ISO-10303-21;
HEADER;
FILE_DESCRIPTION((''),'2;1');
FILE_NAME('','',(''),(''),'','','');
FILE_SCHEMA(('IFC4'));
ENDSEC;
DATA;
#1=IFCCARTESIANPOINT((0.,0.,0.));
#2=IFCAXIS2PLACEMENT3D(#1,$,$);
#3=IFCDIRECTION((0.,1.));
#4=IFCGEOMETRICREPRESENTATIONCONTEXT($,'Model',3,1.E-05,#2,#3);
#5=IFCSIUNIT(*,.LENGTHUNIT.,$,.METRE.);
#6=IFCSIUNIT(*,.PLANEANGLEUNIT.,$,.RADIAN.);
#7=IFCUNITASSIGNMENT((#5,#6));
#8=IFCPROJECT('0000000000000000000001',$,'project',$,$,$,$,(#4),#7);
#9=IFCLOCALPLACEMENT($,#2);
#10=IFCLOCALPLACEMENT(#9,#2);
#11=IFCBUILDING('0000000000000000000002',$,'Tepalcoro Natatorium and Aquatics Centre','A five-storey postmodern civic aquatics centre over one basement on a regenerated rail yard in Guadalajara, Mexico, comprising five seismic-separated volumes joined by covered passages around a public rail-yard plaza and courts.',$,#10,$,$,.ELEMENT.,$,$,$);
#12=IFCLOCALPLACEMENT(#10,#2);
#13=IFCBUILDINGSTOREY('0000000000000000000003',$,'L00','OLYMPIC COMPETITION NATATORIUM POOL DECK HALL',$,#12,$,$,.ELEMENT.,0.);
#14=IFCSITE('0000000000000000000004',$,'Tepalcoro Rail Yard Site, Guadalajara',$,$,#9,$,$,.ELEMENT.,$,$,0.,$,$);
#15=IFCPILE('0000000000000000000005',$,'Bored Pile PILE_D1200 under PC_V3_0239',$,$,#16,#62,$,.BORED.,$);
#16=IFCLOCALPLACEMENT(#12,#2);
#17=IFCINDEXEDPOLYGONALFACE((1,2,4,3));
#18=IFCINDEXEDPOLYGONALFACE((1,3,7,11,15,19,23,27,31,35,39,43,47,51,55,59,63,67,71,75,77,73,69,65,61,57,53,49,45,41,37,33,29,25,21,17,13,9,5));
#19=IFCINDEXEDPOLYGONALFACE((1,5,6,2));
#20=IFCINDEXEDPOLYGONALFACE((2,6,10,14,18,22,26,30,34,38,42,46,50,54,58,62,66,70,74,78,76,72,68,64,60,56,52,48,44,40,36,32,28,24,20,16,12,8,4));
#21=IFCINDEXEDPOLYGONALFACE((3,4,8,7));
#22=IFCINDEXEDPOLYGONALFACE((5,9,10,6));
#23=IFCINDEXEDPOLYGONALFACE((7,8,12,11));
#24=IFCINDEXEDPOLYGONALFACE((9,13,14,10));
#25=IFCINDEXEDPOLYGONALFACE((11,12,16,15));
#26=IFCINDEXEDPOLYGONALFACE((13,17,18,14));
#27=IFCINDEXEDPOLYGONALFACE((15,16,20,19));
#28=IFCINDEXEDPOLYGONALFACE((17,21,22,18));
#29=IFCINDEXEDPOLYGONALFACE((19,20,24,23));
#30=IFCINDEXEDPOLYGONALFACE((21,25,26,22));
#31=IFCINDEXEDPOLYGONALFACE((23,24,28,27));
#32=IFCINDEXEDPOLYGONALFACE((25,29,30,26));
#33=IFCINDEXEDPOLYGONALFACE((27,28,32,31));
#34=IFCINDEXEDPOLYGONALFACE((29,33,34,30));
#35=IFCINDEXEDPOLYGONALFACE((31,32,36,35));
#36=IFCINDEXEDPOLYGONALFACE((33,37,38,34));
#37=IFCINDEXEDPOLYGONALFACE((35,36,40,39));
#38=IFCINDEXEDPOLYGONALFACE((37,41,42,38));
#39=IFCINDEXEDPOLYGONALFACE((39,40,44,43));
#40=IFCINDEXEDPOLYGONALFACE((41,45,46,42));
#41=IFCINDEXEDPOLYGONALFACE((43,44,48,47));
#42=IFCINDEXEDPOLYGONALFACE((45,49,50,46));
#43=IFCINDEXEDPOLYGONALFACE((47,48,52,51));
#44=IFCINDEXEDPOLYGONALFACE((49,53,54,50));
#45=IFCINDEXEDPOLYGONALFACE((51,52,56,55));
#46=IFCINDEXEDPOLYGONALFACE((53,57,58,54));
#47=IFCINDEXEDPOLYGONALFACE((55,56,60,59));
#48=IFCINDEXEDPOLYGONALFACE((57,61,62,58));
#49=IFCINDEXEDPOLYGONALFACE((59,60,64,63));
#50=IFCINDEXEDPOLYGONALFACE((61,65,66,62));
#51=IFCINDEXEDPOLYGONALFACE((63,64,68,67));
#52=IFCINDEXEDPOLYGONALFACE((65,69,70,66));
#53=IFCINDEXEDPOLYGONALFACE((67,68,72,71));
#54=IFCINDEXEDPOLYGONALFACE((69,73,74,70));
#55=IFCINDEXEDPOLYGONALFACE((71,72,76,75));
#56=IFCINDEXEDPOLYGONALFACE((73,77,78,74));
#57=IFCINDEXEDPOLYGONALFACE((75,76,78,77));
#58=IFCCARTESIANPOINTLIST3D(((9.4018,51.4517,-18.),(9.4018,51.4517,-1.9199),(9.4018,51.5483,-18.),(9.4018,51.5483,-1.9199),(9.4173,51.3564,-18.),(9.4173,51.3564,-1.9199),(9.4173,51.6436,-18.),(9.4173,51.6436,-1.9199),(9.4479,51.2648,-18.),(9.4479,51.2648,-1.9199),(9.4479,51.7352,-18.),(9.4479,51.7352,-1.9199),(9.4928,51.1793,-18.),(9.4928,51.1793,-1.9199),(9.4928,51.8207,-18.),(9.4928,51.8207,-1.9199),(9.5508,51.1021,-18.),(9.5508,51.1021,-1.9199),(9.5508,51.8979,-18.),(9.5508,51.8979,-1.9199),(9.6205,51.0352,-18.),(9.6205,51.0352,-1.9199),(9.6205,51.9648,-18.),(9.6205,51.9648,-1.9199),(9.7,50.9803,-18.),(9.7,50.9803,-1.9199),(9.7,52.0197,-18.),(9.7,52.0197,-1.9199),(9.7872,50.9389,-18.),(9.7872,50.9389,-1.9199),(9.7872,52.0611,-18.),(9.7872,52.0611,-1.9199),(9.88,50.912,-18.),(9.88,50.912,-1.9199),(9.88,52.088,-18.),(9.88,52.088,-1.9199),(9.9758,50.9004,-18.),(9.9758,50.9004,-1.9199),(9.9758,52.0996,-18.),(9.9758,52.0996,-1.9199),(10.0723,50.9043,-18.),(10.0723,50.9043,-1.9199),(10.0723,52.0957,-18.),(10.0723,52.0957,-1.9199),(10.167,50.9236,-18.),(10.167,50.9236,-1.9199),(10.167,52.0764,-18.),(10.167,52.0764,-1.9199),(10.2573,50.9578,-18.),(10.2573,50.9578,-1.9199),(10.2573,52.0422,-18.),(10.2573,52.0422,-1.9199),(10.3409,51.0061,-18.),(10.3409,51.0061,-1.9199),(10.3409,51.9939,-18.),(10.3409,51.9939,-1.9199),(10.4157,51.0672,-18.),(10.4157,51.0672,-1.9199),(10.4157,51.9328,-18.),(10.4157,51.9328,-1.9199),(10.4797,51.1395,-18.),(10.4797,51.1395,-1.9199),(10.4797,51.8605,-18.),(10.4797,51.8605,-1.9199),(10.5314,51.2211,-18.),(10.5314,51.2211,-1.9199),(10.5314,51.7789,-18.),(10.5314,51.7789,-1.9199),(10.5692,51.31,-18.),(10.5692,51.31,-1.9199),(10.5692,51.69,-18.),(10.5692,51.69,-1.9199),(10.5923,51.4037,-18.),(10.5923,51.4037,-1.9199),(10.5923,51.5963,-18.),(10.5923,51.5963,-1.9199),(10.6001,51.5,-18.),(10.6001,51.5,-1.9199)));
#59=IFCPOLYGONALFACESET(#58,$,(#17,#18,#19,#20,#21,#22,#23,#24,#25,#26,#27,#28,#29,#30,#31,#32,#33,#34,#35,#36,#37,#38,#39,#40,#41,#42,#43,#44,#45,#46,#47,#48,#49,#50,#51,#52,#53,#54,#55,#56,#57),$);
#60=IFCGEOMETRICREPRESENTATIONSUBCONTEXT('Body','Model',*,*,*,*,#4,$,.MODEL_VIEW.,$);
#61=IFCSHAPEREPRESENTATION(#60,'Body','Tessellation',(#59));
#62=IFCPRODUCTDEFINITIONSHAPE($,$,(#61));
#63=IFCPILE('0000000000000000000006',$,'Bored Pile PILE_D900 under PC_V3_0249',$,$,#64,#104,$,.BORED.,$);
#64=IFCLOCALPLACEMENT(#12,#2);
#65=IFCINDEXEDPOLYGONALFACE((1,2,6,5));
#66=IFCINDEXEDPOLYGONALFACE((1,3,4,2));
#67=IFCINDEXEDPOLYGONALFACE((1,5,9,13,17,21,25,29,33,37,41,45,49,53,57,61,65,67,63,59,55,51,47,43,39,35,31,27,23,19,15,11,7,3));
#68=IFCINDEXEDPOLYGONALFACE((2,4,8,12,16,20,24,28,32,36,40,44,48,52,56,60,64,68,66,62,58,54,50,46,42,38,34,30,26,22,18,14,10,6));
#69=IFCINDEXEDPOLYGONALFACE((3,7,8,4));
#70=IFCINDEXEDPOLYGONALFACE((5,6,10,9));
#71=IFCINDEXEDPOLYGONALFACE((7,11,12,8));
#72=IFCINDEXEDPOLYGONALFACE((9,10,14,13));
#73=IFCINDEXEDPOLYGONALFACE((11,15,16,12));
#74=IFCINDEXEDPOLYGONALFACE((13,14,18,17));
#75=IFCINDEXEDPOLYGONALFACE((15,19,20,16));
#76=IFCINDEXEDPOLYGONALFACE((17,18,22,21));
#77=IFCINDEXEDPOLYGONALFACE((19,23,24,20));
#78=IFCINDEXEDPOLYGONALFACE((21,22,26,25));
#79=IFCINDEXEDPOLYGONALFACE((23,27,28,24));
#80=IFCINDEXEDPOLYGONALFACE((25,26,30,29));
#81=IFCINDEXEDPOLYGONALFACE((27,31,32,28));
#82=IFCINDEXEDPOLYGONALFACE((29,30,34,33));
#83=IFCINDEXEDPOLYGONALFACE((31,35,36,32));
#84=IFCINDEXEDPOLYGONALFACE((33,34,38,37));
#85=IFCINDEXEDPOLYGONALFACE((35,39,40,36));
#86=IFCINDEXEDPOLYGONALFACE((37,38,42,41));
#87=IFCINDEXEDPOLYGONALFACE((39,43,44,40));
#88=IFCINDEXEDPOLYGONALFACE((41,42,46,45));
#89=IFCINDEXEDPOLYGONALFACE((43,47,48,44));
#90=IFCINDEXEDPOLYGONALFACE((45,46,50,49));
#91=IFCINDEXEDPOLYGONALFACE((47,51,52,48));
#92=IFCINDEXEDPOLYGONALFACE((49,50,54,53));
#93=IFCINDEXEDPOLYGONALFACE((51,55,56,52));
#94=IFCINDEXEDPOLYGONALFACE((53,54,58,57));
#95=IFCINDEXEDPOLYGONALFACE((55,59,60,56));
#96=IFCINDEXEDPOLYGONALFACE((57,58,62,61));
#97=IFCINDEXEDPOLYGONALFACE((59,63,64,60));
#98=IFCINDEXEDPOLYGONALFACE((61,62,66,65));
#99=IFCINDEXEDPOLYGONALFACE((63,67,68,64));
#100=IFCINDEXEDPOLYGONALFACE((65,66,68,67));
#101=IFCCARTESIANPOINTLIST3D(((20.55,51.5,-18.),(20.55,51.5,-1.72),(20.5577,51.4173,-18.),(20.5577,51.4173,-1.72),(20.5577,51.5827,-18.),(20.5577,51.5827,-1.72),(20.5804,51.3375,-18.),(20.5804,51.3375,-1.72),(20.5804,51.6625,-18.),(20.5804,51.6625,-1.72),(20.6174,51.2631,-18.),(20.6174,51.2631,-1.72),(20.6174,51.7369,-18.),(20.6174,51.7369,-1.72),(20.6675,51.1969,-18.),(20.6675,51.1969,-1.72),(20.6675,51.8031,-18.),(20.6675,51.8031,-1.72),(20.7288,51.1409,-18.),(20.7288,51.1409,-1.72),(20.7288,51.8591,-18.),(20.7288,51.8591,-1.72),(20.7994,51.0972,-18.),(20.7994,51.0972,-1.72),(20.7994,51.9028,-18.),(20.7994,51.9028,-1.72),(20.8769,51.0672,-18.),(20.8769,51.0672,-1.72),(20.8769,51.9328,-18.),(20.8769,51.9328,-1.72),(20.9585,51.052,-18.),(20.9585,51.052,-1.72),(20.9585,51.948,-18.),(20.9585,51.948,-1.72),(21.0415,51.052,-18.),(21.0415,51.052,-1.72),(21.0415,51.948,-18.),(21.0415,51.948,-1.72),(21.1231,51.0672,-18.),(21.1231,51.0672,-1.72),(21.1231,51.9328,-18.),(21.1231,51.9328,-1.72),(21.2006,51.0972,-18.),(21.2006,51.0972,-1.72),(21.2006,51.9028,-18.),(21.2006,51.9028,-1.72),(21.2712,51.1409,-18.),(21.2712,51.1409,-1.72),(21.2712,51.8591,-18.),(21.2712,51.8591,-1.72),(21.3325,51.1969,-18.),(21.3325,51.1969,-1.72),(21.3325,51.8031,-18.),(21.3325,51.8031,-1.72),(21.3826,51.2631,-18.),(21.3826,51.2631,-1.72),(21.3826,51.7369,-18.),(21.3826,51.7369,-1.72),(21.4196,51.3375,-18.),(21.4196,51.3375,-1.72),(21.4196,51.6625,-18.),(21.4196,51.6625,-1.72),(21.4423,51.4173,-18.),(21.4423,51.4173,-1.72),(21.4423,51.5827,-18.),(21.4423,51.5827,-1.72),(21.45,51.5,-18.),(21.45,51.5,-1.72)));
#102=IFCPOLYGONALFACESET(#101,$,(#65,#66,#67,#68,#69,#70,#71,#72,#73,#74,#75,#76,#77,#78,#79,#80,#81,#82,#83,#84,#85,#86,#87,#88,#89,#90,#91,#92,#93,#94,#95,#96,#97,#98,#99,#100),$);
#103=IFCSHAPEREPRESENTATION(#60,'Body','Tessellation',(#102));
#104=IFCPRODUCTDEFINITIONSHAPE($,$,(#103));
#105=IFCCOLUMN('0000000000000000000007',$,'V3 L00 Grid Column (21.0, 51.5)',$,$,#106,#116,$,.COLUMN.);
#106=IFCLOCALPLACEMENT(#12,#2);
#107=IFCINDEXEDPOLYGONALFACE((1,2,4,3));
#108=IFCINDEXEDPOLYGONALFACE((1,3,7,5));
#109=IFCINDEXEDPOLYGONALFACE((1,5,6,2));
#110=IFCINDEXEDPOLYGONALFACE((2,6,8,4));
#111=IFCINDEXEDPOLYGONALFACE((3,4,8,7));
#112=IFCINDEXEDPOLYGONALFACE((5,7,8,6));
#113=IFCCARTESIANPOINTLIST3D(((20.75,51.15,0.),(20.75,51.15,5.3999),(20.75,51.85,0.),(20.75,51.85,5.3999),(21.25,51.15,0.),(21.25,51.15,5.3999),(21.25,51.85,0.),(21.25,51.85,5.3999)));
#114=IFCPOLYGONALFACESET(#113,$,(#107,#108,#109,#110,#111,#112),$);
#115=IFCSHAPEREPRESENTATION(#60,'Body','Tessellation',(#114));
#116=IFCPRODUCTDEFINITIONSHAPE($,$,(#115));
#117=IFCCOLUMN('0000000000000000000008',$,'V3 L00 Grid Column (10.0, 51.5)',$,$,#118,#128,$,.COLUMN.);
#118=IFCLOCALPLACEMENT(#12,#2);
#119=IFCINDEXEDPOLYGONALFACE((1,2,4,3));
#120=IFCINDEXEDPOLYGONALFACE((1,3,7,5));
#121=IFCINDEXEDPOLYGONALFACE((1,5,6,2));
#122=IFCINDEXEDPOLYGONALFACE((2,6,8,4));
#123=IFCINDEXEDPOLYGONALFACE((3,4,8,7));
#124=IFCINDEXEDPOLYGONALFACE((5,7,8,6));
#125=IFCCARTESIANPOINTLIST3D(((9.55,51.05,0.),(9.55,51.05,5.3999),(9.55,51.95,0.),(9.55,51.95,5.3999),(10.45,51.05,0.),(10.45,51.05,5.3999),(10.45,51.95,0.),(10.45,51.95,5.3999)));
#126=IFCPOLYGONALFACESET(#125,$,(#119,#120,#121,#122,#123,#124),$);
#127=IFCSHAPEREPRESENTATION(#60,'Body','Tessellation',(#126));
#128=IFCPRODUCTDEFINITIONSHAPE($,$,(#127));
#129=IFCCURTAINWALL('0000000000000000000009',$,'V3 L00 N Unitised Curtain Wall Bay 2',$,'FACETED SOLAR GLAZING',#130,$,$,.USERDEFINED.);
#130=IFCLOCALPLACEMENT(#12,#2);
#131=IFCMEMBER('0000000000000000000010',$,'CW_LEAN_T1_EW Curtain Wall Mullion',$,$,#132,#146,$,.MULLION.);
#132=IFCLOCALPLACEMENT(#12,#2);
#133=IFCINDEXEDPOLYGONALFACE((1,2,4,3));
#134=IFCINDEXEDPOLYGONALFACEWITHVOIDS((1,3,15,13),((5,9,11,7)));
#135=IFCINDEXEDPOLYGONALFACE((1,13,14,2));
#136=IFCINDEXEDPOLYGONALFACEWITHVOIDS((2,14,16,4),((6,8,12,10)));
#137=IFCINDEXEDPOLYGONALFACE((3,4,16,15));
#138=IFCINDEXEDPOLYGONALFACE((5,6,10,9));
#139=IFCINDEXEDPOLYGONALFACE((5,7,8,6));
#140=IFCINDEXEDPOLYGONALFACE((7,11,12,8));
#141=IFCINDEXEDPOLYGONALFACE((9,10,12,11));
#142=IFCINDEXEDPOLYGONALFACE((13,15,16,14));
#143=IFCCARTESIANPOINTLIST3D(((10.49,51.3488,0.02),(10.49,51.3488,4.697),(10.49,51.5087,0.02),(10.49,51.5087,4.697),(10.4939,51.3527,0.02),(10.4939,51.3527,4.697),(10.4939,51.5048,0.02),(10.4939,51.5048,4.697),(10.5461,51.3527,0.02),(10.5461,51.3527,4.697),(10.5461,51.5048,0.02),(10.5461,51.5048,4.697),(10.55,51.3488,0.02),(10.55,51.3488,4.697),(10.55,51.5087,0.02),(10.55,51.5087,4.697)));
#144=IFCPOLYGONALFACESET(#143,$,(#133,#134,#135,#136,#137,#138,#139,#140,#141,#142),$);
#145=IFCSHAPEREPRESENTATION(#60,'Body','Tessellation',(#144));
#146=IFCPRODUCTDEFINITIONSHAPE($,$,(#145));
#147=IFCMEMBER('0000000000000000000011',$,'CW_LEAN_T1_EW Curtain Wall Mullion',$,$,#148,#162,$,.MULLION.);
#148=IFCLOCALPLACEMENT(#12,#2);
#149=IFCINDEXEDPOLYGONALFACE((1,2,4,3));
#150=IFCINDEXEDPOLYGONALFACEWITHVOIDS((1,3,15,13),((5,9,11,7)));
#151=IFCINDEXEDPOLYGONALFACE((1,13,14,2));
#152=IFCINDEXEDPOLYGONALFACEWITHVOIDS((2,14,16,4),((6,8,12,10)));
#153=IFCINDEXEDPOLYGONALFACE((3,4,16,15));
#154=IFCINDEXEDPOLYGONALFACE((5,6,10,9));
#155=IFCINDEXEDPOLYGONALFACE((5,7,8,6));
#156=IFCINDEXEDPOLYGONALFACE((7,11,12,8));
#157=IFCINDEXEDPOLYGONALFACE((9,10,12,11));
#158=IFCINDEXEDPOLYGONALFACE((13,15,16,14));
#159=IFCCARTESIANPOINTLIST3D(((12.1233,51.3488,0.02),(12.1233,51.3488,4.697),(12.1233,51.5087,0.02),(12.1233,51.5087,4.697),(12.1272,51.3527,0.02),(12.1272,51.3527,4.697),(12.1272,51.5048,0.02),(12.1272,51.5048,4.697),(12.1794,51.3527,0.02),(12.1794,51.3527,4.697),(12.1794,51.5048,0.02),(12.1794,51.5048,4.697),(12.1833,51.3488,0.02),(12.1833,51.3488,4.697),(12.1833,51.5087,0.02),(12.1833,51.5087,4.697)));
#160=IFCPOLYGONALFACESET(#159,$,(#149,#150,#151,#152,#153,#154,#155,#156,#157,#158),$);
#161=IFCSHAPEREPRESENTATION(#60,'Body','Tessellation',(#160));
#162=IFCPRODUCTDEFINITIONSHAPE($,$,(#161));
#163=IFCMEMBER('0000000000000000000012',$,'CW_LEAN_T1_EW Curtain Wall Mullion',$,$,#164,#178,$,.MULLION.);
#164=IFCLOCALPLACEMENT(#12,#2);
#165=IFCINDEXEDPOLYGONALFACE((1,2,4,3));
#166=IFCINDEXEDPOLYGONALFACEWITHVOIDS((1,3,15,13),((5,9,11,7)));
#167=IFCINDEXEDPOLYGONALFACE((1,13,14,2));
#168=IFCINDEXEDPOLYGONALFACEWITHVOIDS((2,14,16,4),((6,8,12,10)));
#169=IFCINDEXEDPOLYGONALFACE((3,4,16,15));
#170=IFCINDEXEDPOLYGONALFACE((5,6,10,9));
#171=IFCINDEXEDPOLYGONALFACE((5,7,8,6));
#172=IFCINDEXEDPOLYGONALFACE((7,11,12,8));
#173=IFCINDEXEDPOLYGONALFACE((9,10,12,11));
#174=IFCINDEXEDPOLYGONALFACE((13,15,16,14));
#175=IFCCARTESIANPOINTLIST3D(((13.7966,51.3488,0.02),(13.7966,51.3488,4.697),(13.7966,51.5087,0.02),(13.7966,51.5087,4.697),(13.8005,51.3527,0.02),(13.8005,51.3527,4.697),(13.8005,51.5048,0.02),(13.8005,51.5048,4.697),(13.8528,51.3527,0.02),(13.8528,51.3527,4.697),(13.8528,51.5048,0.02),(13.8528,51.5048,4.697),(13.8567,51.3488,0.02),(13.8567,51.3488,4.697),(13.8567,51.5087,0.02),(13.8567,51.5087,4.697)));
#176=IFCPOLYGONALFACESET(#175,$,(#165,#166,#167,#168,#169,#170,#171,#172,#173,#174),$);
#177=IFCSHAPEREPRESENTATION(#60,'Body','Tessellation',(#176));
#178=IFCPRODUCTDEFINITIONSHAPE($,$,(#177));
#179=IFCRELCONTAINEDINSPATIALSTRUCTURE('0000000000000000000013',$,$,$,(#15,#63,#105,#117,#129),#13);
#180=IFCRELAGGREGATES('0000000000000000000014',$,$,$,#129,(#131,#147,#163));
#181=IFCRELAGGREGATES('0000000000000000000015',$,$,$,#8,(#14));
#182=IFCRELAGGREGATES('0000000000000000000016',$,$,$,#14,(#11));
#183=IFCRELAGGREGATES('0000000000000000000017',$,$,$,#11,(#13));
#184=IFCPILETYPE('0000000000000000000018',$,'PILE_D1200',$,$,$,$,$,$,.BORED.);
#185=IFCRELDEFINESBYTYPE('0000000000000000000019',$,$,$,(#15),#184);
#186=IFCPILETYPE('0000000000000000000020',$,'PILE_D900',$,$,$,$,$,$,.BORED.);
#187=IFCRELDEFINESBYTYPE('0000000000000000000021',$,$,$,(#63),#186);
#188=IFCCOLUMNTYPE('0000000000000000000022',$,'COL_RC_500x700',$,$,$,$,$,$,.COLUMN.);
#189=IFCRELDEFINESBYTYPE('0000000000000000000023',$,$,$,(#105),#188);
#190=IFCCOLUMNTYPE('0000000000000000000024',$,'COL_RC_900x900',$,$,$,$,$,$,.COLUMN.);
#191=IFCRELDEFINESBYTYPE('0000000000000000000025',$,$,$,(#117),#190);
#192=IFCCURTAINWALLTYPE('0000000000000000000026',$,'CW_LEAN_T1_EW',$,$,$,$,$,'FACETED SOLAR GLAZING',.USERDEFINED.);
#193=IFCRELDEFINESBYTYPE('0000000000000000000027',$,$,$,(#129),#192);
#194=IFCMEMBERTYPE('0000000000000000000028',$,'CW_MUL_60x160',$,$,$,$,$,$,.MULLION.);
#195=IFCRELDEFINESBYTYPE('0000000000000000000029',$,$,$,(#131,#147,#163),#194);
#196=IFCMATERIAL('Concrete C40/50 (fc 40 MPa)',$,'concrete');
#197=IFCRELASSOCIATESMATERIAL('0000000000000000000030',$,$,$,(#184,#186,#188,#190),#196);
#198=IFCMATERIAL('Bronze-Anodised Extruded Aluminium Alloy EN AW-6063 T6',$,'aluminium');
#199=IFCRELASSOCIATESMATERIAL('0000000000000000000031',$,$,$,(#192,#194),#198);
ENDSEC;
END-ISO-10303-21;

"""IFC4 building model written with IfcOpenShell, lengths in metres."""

from ifc_helpers import new_model, si_unit, direction, frame, origin, origin_2d, place, context, subcontext, project, spatial, rectangle, hollow_rectangle, circle, extrude, material, material_profile, profile_set, type_object, element, aggregate, save


model = new_model("IFC4")

# Units and contexts
model_context = context("Model", 3, precision=1e-05, world=origin(), true_north=direction((0.0, 1.0)))
body_context = subcontext(model_context, "Body", "Model", "MODEL_VIEW")
ifc_project = project(units=[si_unit("LENGTHUNIT", "METRE"), si_unit("PLANEANGLEUNIT", "RADIAN")], contexts=[model_context])

# Site, building, storey
site_placement = place(None, origin())
site = spatial("IfcSite", under=ifc_project, at=site_placement, Name="Tepalcoro Rail Yard Site, Guadalajara", CompositionType="ELEMENT", RefElevation=0.0)
building_placement = place(site_placement, origin())
building = spatial("IfcBuilding", under=site, at=building_placement, Name="Tepalcoro Natatorium and Aquatics Centre", Description="A five-storey postmodern civic aquatics centre over one basement on a regenerated rail yard in Guadalajara, Mexico, comprising five seismic-separated volumes joined by covered passages around a public rail-yard plaza and courts.", CompositionType="ELEMENT")
storey_placement = place(building_placement, origin())
storey = spatial("IfcBuildingStorey", under=building, at=storey_placement, Name="L00", Description="OLYMPIC COMPETITION NATATORIUM POOL DECK HALL", CompositionType="ELEMENT", Elevation=0.0)

# Piles
ifc_material_1 = material(Name="Concrete C40/50 (fc 40 MPa)", Category="concrete")
ifc_material_profile_1 = material_profile(ifc_material_1, circle(Radius=0.6001, at=origin_2d()), Name="PILE_D1200")
ifc_profile_set_1 = profile_set([ifc_material_profile_1], Name="Concrete C40/50 (fc 40 MPa)")
pile_type_1 = type_object("IfcPileType", Name="PILE_D1200", PredefinedType="BORED", material=ifc_profile_set_1)
pile_1_placement = place(storey_placement, frame((10.0, 51.5, -1.9199), z_axis=(0.0, 0.0, -1.0), x_axis=(1.0, 0.0, 0.0)))
element("IfcPile", 1, at=pile_1_placement, inside=storey, type_object=pile_type_1, Name="Bored Pile PILE_D1200 under PC_V3_0239", PredefinedType="BORED", context=body_context, shape_type="SweptSolid", body=[
    extrude(circle(Radius=0.6001, at=origin_2d()), origin(), (0.0, 0.0, 1.0), 16.0801),
])
ifc_material_profile_2 = material_profile(ifc_material_1, circle(Radius=0.45, at=origin_2d()), Name="PILE_D900")
ifc_profile_set_2 = profile_set([ifc_material_profile_2], Name="Concrete C40/50 (fc 40 MPa)")
pile_type_2 = type_object("IfcPileType", Name="PILE_D900", PredefinedType="BORED", material=ifc_profile_set_2)
pile_2_placement = place(storey_placement, frame((21.0, 51.5, -1.72), z_axis=(0.0, 0.0, -1.0), x_axis=(1.0, 0.0, 0.0)))
element("IfcPile", 2, at=pile_2_placement, inside=storey, type_object=pile_type_2, Name="Bored Pile PILE_D900 under PC_V3_0249", PredefinedType="BORED", context=body_context, shape_type="SweptSolid", body=[
    extrude(circle(Radius=0.45, at=origin_2d()), origin(), (0.0, 0.0, 1.0), 16.28),
])

# Columns
ifc_material_profile_3 = material_profile(ifc_material_1, rectangle(XDim=0.5, YDim=0.7, at=origin_2d()), Name="RC500x700")
ifc_profile_set_3 = profile_set([ifc_material_profile_3], Name="Concrete C40/50 (fc 40 MPa)")
column_type_1 = type_object("IfcColumnType", Name="COL_RC_500x700", PredefinedType="COLUMN", material=ifc_profile_set_3)
column_1_placement = place(storey_placement, frame((21.0, 51.5, 0.0), z_axis=(0.0, 0.0, 1.0), x_axis=(1.0, 0.0, 0.0)))
element("IfcColumn", 3, at=column_1_placement, inside=storey, type_object=column_type_1, Name="V3 L00 Grid Column (21.0, 51.5)", PredefinedType="COLUMN", context=body_context, shape_type="SweptSolid", body=[
    extrude(rectangle(XDim=0.5, YDim=0.7, at=origin_2d()), origin(), (0.0, 0.0, 1.0), 5.3999),
])
ifc_material_profile_4 = material_profile(ifc_material_1, rectangle(XDim=0.8999, YDim=0.8999, at=origin_2d()), Name="RC900x900")
ifc_profile_set_4 = profile_set([ifc_material_profile_4], Name="Concrete C40/50 (fc 40 MPa)")
column_type_2 = type_object("IfcColumnType", Name="COL_RC_900x900", PredefinedType="COLUMN", material=ifc_profile_set_4)
column_2_placement = place(storey_placement, frame((10.0, 51.5, 0.0), z_axis=(0.0, 0.0, 1.0), x_axis=(1.0, 0.0, 0.0)))
element("IfcColumn", 4, at=column_2_placement, inside=storey, type_object=column_type_2, Name="V3 L00 Grid Column (10.0, 51.5)", PredefinedType="COLUMN", context=body_context, shape_type="SweptSolid", body=[
    extrude(rectangle(XDim=0.8999, YDim=0.8999, at=origin_2d()), origin(), (0.0, 0.0, 1.0), 5.3999),
])

# Curtain wall, members
ifc_material_2 = material(Name="Bronze-Anodised Extruded Aluminium Alloy EN AW-6063 T6", Category="aluminium")
curtain_wall_type_1 = type_object("IfcCurtainWallType", Name="CW_LEAN_T1_EW", ElementType="FACETED SOLAR GLAZING", PredefinedType="USERDEFINED", material=ifc_material_2)
curtain_wall_1_placement = place(storey_placement, origin())
curtain_wall_1 = element("IfcCurtainWall", 5, at=curtain_wall_1_placement, inside=storey, type_object=curtain_wall_type_1, Name="V3 L00 N Unitised Curtain Wall Bay 2", ObjectType="FACETED SOLAR GLAZING", PredefinedType="USERDEFINED")
ifc_material_profile_5 = material_profile(ifc_material_2, hollow_rectangle(XDim=0.0601, YDim=0.1599, WallThickness=0.0039, at=origin_2d()), Name="AL60X160X4")
ifc_profile_set_5 = profile_set([ifc_material_profile_5], Name="Bronze-Anodised Extruded Aluminium Alloy EN AW-6063 T6")
member_type_1 = type_object("IfcMemberType", Name="CW_MUL_60x160", PredefinedType="MULLION", material=ifc_profile_set_5)
member_1_placement = place(storey_placement, frame((10.52, 51.4287, 0.02), z_axis=(0.0, 0.0, 1.0), x_axis=(1.0, 0.0, 0.0)))
member_1 = element("IfcMember", 6, at=member_1_placement, type_object=member_type_1, Name="CW_LEAN_T1_EW Curtain Wall Mullion", PredefinedType="MULLION", context=body_context, shape_type="SweptSolid", body=[
    extrude(hollow_rectangle(XDim=0.0601, YDim=0.1599, WallThickness=0.0039, at=origin_2d()), origin(), (0.0, 0.0, 1.0), 4.677),
])
member_2_placement = place(storey_placement, frame((12.1533, 51.4287, 0.02), z_axis=(0.0, 0.0, 1.0), x_axis=(1.0, 0.0, 0.0)))
member_2 = element("IfcMember", 7, at=member_2_placement, type_object=member_type_1, Name="CW_LEAN_T1_EW Curtain Wall Mullion", PredefinedType="MULLION", context=body_context, shape_type="SweptSolid", body=[
    extrude(hollow_rectangle(XDim=0.0601, YDim=0.1599, WallThickness=0.0039, at=origin_2d()), origin(), (0.0, 0.0, 1.0), 4.677),
])
member_3_placement = place(storey_placement, frame((13.8267, 51.4287, 0.02), z_axis=(0.0, 0.0, 1.0), x_axis=(1.0, 0.0, 0.0)))
member_3 = element("IfcMember", 8, at=member_3_placement, type_object=member_type_1, Name="CW_LEAN_T1_EW Curtain Wall Mullion", PredefinedType="MULLION", context=body_context, shape_type="SweptSolid", body=[
    extrude(hollow_rectangle(XDim=0.0601, YDim=0.1599, WallThickness=0.0039, at=origin_2d()), origin(), (0.0, 0.0, 1.0), 4.677),
])

aggregate(curtain_wall_1, [member_1, member_2, member_3])

save(model, "model.ifc")
